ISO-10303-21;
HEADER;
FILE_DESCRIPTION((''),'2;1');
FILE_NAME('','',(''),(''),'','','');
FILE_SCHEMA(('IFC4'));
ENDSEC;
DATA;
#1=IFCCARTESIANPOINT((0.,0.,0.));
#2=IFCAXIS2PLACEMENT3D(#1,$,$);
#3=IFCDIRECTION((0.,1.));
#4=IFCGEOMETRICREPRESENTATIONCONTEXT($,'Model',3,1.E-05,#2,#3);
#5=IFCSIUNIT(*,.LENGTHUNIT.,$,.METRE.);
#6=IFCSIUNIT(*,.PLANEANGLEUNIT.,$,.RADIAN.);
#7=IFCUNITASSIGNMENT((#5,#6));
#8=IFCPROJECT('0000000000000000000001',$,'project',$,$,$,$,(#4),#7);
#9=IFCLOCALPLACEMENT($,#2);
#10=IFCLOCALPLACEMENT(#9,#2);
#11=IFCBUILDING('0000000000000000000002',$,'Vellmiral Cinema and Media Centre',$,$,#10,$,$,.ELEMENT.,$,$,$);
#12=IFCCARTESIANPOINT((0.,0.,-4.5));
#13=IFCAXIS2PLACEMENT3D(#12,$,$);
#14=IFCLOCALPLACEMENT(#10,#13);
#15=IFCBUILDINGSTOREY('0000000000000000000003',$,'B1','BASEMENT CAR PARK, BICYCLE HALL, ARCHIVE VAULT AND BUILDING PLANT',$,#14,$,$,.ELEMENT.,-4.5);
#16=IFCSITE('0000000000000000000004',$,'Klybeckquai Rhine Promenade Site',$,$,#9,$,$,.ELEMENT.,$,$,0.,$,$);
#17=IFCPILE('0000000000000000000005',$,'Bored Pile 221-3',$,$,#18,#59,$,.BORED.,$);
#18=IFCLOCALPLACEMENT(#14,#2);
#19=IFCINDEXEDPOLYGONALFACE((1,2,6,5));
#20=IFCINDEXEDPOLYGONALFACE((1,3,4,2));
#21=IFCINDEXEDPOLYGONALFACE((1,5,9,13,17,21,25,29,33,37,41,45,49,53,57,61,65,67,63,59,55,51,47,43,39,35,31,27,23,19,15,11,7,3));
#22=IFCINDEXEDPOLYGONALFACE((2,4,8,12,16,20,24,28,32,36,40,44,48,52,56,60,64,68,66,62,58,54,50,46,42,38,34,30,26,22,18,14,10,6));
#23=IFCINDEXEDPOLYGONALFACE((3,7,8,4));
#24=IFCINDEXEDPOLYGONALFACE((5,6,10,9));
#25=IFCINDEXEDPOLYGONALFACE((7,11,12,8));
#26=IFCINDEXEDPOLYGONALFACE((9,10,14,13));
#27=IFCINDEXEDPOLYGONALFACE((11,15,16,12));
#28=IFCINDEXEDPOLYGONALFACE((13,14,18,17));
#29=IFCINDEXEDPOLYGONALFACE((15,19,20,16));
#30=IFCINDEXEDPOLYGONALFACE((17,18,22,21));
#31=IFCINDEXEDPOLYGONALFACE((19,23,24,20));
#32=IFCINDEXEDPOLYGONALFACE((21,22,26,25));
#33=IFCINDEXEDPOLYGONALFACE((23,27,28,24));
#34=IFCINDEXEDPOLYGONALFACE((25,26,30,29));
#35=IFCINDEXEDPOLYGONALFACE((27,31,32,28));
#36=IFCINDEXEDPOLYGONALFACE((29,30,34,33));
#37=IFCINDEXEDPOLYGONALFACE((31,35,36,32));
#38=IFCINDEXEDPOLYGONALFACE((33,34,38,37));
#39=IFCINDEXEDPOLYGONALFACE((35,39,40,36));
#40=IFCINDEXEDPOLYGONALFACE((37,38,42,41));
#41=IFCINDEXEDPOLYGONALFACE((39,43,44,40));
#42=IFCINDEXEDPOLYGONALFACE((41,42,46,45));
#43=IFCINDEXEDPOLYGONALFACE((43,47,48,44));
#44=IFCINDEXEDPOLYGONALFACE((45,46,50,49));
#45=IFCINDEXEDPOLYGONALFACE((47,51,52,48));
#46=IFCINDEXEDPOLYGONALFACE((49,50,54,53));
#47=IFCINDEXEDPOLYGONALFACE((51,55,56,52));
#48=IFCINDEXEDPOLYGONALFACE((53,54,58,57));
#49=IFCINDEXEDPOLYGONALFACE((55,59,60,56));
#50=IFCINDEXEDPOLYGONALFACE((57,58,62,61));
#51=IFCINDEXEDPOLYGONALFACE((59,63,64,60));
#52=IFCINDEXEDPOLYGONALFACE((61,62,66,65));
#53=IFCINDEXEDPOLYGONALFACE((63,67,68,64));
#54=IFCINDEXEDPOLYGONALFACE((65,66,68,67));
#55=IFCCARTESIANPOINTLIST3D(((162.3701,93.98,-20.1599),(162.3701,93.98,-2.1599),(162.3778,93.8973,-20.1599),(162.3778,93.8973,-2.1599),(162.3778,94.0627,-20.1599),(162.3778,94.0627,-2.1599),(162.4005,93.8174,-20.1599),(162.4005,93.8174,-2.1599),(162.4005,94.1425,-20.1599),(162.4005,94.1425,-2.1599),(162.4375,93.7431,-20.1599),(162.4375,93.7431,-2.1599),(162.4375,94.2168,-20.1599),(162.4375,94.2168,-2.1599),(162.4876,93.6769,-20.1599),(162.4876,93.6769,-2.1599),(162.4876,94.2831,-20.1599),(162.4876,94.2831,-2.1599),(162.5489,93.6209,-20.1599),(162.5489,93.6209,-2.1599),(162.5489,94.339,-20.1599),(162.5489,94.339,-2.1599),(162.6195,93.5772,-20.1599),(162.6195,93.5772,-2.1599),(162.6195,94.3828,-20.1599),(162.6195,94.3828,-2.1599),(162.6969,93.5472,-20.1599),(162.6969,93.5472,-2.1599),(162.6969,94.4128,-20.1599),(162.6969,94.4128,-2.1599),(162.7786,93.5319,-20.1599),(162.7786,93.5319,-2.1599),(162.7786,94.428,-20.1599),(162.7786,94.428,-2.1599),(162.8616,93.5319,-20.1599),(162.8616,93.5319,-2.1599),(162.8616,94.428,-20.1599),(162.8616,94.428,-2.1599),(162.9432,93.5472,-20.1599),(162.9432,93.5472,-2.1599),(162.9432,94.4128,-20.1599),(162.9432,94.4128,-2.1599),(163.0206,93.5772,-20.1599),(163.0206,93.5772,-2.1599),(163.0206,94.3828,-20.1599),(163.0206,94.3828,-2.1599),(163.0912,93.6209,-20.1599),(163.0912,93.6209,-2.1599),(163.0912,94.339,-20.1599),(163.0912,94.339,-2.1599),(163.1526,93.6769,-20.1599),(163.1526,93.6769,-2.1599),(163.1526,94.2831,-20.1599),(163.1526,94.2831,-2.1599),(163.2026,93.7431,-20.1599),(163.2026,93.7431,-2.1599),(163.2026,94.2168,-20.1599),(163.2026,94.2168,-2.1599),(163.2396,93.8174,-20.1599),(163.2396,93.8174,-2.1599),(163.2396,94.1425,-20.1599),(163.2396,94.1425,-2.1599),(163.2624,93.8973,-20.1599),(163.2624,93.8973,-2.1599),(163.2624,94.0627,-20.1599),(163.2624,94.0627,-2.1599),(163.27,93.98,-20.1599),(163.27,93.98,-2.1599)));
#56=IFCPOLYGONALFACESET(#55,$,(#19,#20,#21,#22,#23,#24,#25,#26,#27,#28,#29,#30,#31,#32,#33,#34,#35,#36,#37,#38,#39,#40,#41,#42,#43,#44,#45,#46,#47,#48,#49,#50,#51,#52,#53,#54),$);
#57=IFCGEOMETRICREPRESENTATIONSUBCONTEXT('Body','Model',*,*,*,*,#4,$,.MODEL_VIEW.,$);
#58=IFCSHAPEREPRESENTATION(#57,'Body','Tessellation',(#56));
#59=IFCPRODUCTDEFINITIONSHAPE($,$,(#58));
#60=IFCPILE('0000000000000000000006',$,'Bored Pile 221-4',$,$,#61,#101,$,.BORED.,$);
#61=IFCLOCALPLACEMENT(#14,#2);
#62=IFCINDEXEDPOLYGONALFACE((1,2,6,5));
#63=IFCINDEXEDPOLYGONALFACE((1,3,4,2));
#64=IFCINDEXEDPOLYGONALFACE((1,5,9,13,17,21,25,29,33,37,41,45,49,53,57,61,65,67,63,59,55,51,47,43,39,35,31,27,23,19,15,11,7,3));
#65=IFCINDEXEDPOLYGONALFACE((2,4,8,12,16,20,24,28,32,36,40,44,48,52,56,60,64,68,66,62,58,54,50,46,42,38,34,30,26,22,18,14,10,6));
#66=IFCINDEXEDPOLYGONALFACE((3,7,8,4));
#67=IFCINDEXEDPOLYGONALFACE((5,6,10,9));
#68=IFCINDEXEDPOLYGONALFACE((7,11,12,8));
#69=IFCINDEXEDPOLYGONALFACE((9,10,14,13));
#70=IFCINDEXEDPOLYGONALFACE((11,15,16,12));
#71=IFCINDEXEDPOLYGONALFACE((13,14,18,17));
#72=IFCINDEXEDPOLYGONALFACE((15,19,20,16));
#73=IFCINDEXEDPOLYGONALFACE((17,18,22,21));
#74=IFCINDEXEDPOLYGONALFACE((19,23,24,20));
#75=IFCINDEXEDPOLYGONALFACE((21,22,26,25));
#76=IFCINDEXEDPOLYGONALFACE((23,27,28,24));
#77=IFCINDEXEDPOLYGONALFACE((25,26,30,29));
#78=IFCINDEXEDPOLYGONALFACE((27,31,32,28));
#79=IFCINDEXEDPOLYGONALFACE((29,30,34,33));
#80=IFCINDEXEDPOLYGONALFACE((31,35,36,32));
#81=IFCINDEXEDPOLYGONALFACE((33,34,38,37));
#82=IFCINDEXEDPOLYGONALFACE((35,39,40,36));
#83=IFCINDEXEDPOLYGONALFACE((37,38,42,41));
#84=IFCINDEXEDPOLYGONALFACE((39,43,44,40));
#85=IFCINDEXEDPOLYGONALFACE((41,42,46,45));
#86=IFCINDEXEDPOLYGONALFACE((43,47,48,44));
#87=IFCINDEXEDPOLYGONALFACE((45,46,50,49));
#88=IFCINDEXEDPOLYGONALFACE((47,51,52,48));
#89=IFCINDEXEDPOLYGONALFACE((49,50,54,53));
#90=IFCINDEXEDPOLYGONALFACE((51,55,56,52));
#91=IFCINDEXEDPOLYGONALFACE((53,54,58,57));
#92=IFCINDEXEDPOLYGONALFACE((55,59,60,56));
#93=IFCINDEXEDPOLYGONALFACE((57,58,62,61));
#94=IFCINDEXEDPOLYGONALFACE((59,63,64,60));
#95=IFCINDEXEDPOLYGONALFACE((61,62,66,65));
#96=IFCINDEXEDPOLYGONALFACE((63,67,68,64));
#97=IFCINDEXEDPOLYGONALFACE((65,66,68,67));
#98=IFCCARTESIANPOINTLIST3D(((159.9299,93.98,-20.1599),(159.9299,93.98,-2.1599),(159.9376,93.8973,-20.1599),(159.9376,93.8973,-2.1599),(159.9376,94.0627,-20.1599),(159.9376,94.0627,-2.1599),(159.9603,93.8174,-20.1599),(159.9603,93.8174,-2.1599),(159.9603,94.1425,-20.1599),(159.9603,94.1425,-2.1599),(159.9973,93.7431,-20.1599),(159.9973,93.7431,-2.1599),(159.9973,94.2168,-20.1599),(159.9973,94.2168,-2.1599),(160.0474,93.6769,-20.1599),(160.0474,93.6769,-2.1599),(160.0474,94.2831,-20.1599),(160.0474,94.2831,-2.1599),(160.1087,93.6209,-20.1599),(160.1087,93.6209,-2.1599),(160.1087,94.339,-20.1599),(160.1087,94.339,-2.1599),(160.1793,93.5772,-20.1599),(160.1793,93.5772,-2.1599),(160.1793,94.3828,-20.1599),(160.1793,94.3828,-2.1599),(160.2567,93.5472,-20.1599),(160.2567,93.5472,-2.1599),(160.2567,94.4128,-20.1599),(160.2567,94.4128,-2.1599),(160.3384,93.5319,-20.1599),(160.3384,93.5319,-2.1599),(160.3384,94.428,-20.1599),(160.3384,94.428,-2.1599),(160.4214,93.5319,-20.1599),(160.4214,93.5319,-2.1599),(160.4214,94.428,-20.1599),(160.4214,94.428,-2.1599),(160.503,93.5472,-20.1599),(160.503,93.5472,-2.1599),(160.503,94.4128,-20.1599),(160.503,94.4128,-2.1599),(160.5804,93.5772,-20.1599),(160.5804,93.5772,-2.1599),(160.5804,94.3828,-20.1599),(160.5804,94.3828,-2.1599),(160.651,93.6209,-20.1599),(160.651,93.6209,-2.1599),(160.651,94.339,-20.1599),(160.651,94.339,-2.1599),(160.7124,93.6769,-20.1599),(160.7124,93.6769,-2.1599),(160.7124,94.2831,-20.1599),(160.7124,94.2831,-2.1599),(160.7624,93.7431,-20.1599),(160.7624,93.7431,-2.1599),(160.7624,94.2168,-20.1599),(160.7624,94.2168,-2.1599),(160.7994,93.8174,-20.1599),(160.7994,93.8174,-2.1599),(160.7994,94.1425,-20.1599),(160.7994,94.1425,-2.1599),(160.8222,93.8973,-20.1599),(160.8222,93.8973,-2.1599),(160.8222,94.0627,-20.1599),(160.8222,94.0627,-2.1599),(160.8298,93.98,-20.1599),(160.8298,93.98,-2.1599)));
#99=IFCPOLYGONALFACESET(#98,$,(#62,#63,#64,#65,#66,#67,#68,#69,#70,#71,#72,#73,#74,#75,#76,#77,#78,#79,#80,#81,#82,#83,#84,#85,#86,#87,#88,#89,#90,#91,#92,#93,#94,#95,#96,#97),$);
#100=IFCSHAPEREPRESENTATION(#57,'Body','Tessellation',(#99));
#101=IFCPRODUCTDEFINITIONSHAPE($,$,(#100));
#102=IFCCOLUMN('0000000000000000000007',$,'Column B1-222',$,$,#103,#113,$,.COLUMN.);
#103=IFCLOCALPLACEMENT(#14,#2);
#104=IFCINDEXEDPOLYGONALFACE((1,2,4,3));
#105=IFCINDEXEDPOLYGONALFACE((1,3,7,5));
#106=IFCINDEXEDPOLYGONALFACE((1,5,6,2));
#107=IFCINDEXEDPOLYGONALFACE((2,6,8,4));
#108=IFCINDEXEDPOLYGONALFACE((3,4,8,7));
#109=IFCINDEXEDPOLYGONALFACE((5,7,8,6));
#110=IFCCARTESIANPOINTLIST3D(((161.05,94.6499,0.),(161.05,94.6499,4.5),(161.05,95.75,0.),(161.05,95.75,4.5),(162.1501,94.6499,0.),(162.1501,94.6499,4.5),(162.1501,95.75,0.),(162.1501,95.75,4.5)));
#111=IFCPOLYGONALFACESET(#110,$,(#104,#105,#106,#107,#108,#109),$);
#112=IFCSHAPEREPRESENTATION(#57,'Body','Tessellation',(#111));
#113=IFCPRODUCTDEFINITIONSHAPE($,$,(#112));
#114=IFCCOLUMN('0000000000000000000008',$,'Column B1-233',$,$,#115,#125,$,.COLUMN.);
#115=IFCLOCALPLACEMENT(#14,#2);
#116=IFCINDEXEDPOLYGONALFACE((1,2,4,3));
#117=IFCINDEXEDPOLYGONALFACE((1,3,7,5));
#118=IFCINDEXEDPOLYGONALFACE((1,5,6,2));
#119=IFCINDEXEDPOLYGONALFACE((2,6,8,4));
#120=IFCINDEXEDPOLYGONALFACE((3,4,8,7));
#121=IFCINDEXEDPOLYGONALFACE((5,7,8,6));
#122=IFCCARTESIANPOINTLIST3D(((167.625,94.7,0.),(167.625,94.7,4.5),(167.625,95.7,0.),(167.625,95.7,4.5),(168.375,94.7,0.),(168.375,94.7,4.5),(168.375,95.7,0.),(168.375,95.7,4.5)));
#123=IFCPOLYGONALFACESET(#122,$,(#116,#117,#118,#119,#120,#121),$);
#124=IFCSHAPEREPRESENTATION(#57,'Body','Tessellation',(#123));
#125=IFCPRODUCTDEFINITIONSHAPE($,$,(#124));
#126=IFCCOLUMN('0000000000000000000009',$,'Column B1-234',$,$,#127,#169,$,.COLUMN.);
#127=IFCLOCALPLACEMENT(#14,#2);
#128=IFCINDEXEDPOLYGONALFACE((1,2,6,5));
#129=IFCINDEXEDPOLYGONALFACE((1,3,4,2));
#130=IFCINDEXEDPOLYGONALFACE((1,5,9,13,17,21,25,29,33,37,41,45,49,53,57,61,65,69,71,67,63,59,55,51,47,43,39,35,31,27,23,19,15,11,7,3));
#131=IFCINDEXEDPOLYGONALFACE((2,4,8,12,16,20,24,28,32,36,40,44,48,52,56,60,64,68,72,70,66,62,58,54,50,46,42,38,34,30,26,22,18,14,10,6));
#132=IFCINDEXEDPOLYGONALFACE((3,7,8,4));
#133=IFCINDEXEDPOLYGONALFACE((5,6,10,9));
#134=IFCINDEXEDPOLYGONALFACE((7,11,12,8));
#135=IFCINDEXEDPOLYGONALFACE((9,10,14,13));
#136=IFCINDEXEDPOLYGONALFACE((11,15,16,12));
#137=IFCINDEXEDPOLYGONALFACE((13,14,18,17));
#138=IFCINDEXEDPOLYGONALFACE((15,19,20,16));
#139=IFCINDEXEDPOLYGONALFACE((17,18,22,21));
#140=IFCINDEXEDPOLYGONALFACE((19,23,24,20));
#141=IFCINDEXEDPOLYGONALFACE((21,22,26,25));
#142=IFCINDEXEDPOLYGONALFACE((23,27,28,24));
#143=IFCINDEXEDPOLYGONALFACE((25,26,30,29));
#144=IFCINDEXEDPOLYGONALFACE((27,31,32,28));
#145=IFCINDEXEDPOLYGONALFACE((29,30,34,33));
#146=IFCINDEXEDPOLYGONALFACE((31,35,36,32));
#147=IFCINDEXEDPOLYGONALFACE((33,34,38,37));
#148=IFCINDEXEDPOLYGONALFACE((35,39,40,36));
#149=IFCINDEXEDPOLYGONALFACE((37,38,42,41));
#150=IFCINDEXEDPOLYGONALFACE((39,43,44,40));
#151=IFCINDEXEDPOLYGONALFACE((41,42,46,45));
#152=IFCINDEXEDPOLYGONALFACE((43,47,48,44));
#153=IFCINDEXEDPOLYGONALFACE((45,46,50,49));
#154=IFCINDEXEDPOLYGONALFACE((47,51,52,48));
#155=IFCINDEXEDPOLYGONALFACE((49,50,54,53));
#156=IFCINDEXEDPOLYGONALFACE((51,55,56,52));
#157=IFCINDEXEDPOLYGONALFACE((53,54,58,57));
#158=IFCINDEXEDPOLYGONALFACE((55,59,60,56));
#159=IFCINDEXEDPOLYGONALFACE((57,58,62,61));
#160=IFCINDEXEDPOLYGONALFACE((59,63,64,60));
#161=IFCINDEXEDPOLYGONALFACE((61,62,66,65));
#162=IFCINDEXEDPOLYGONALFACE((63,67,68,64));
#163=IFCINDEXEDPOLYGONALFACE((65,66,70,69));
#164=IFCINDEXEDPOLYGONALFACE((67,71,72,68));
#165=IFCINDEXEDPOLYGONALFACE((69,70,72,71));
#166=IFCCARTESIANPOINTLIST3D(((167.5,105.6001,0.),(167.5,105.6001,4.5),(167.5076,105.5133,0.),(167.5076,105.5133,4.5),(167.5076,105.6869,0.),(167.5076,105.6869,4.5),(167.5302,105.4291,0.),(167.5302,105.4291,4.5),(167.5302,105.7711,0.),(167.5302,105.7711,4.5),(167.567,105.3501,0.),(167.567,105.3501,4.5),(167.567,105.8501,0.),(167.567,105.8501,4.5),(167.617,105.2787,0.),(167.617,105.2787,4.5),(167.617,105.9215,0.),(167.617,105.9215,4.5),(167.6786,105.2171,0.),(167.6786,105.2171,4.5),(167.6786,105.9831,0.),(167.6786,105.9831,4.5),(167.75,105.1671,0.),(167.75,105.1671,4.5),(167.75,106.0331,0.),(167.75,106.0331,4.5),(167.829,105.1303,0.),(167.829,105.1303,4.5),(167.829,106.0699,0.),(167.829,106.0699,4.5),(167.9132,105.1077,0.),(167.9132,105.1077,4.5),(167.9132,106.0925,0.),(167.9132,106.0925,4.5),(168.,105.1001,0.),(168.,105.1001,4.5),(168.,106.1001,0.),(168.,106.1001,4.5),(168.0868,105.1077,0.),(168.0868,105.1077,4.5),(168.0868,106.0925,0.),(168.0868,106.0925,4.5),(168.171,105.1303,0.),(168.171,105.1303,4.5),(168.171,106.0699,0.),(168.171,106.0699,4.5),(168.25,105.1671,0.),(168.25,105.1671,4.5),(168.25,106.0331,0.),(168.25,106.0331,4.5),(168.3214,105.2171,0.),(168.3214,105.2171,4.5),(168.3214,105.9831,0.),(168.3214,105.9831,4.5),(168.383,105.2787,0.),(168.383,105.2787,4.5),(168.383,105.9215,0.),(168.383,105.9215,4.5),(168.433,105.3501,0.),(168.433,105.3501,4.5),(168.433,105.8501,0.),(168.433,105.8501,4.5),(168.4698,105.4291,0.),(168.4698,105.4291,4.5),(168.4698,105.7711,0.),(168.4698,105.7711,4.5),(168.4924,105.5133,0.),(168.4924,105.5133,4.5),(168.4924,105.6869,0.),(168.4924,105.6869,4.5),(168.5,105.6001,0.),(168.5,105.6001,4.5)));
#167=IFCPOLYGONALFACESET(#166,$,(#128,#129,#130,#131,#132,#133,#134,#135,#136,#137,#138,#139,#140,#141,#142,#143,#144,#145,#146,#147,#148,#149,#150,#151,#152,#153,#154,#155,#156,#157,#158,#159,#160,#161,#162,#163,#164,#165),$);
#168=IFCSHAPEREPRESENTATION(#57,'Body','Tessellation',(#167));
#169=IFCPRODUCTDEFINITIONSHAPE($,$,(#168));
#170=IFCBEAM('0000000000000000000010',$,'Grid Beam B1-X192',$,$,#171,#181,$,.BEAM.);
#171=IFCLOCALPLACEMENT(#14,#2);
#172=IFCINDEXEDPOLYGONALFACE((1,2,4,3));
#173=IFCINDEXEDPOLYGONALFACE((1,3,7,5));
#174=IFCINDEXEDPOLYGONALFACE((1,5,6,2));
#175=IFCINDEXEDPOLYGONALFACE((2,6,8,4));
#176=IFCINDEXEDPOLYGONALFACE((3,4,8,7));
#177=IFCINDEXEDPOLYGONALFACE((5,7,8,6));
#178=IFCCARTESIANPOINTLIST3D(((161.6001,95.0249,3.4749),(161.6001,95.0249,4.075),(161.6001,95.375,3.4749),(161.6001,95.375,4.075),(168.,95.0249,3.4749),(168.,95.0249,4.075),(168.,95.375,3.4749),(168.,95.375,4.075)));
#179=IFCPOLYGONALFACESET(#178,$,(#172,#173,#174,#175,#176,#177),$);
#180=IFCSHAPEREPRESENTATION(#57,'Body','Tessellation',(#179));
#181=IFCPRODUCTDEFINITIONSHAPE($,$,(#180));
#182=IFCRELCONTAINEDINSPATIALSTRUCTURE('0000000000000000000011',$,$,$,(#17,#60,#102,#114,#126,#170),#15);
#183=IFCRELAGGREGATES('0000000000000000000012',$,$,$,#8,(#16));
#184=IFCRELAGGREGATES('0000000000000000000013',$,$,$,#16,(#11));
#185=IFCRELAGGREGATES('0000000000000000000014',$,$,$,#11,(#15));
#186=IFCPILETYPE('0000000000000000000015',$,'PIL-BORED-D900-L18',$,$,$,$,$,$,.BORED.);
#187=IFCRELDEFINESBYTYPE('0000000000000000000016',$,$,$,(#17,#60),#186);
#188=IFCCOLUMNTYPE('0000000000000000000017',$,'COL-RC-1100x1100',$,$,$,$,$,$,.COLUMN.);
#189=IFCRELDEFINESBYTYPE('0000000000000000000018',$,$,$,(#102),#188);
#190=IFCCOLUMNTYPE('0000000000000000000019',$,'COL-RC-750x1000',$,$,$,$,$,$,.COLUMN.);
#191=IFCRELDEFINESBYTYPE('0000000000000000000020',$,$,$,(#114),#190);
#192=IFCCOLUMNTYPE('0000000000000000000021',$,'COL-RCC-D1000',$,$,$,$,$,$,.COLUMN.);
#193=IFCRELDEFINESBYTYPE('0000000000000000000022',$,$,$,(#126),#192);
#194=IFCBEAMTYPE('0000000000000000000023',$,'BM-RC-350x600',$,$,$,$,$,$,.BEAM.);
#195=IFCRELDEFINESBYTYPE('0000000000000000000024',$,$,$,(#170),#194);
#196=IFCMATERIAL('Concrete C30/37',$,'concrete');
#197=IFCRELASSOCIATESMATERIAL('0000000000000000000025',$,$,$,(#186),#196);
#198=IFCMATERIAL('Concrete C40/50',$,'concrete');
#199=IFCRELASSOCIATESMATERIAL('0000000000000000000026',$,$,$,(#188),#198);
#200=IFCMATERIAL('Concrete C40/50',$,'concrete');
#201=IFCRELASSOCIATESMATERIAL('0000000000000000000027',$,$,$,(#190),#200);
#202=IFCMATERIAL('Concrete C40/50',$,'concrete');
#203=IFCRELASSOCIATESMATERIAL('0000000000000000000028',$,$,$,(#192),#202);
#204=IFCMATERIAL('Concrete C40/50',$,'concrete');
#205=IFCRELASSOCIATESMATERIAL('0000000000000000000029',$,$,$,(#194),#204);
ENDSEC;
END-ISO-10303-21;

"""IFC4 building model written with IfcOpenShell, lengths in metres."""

from ifc_helpers import new_model, si_unit, direction, frame, origin, origin_2d, place, context, subcontext, project, spatial, rectangle, circle, extrude, material, material_profile, profile_set, type_object, element, save


model = new_model("IFC4")

# Units and contexts
model_context = context("Model", 3, precision=1e-05, world=origin(), true_north=direction((0.0, 1.0)))
body_context = subcontext(model_context, "Body", "Model", "MODEL_VIEW")
ifc_project = project(units=[si_unit("LENGTHUNIT", "METRE"), si_unit("PLANEANGLEUNIT", "RADIAN")], contexts=[model_context])

# Site, building, storey
site_placement = place(None, origin())
site = spatial("IfcSite", under=ifc_project, at=site_placement, Name="Klybeckquai Rhine Promenade Site", CompositionType="ELEMENT", RefElevation=0.0)
building_placement = place(site_placement, origin())
building = spatial("IfcBuilding", under=site, at=building_placement, Name="Vellmiral Cinema and Media Centre", CompositionType="ELEMENT")
storey_placement = place(building_placement, frame((0.0, 0.0, -4.5)))
storey = spatial("IfcBuildingStorey", under=building, at=storey_placement, Name="B1", Description="BASEMENT CAR PARK, BICYCLE HALL, ARCHIVE VAULT AND BUILDING PLANT", CompositionType="ELEMENT", Elevation=-4.5)

# Piles
ifc_material_1 = material(Name="Concrete C30/37", Category="concrete")
ifc_material_profile_1 = material_profile(ifc_material_1, circle(Radius=0.45, at=origin_2d()), Name="PILE D900")
ifc_profile_set_1 = profile_set([ifc_material_profile_1], Name="Concrete C30/37")
pile_type_1 = type_object("IfcPileType", Name="PIL-BORED-D900-L18", PredefinedType="BORED", material=ifc_profile_set_1)
for number, where, z_axis, x_axis, name in (
    (1, (162.8201, 93.98, -2.1599), (0.0, 0.0, -1.0), (1.0, 0.0, 0.0), "Bored Pile 221-3"),
    (2, (160.3799, 93.98, -2.1599), (0.0, 0.0, -1.0), (1.0, 0.0, 0.0), "Bored Pile 221-4"),
):
    element("IfcPile", number, at=place(storey_placement, frame(where, z_axis=z_axis, x_axis=x_axis)), inside=storey, type_object=pile_type_1, Name=name, PredefinedType="BORED", context=body_context, shape_type="SweptSolid", body=[
        extrude(circle(Radius=0.45, at=origin_2d()), origin(), (0.0, 0.0, 1.0), 18.0),
    ])

# Columns
ifc_material_2 = material(Name="Concrete C40/50", Category="concrete")
ifc_material_profile_2 = material_profile(ifc_material_2, rectangle(XDim=1.1001, YDim=1.1001, at=origin_2d()), Name="RC 1100x1100")
ifc_profile_set_2 = profile_set([ifc_material_profile_2], Name="Concrete C40/50")
column_type_1 = type_object("IfcColumnType", Name="COL-RC-1100x1100", PredefinedType="COLUMN", material=ifc_profile_set_2)
column_1_placement = place(storey_placement, frame((161.6001, 95.2, 0.0), z_axis=(0.0, 0.0, 1.0), x_axis=(1.0, 0.0, 0.0)))
element("IfcColumn", 3, at=column_1_placement, inside=storey, type_object=column_type_1, Name="Column B1-222", PredefinedType="COLUMN", context=body_context, shape_type="SweptSolid", body=[
    extrude(rectangle(XDim=1.1001, YDim=1.1001, at=origin_2d()), origin(), (0.0, 0.0, 1.0), 4.5),
])
ifc_material_3 = material(Name="Concrete C40/50", Category="concrete")
ifc_material_profile_3 = material_profile(ifc_material_3, rectangle(XDim=0.75, YDim=1.0, at=origin_2d()), Name="RC 750x1000")
ifc_profile_set_3 = profile_set([ifc_material_profile_3], Name="Concrete C40/50")
column_type_2 = type_object("IfcColumnType", Name="COL-RC-750x1000", PredefinedType="COLUMN", material=ifc_profile_set_3)
column_2_placement = place(storey_placement, frame((168.0, 95.2, 0.0), z_axis=(0.0, 0.0, 1.0), x_axis=(1.0, 0.0, 0.0)))
element("IfcColumn", 4, at=column_2_placement, inside=storey, type_object=column_type_2, Name="Column B1-233", PredefinedType="COLUMN", context=body_context, shape_type="SweptSolid", body=[
    extrude(rectangle(XDim=0.75, YDim=1.0, at=origin_2d()), origin(), (0.0, 0.0, 1.0), 4.5),
])
ifc_material_4 = material(Name="Concrete C40/50", Category="concrete")
ifc_material_profile_4 = material_profile(ifc_material_4, circle(Radius=0.5, at=origin_2d()), Name="RC D1000")
ifc_profile_set_4 = profile_set([ifc_material_profile_4], Name="Concrete C40/50")
column_type_3 = type_object("IfcColumnType", Name="COL-RCC-D1000", PredefinedType="COLUMN", material=ifc_profile_set_4)
column_3_placement = place(storey_placement, frame((168.0, 105.6001, 0.0), z_axis=(0.0, 0.0, 1.0), x_axis=(1.0, 0.0, 0.0)))
element("IfcColumn", 5, at=column_3_placement, inside=storey, type_object=column_type_3, Name="Column B1-234", PredefinedType="COLUMN", context=body_context, shape_type="SweptSolid", body=[
    extrude(circle(Radius=0.5, at=origin_2d()), origin(), (0.0, 0.0, 1.0), 4.5),
])

# Beam
ifc_material_5 = material(Name="Concrete C40/50", Category="concrete")
ifc_material_profile_5 = material_profile(ifc_material_5, rectangle(XDim=0.3501, YDim=0.6001, at=origin_2d()), Name="RC 350x600")
ifc_profile_set_5 = profile_set([ifc_material_profile_5], Name="Concrete C40/50")
beam_type_1 = type_object("IfcBeamType", Name="BM-RC-350x600", PredefinedType="BEAM", material=ifc_profile_set_5)
beam_1_placement = place(storey_placement, frame((161.6001, 95.2, 3.7749), z_axis=(1.0, 0.0, 0.0), x_axis=(0.0, 1.0, 0.0)))
element("IfcBeam", 6, at=beam_1_placement, inside=storey, type_object=beam_type_1, Name="Grid Beam B1-X192", PredefinedType="BEAM", context=body_context, shape_type="SweptSolid", body=[
    extrude(rectangle(XDim=0.3501, YDim=0.6001, at=origin_2d()), origin(), (0.0, 0.0, 1.0), 6.3999),
])

save(model, "model.ifc")
